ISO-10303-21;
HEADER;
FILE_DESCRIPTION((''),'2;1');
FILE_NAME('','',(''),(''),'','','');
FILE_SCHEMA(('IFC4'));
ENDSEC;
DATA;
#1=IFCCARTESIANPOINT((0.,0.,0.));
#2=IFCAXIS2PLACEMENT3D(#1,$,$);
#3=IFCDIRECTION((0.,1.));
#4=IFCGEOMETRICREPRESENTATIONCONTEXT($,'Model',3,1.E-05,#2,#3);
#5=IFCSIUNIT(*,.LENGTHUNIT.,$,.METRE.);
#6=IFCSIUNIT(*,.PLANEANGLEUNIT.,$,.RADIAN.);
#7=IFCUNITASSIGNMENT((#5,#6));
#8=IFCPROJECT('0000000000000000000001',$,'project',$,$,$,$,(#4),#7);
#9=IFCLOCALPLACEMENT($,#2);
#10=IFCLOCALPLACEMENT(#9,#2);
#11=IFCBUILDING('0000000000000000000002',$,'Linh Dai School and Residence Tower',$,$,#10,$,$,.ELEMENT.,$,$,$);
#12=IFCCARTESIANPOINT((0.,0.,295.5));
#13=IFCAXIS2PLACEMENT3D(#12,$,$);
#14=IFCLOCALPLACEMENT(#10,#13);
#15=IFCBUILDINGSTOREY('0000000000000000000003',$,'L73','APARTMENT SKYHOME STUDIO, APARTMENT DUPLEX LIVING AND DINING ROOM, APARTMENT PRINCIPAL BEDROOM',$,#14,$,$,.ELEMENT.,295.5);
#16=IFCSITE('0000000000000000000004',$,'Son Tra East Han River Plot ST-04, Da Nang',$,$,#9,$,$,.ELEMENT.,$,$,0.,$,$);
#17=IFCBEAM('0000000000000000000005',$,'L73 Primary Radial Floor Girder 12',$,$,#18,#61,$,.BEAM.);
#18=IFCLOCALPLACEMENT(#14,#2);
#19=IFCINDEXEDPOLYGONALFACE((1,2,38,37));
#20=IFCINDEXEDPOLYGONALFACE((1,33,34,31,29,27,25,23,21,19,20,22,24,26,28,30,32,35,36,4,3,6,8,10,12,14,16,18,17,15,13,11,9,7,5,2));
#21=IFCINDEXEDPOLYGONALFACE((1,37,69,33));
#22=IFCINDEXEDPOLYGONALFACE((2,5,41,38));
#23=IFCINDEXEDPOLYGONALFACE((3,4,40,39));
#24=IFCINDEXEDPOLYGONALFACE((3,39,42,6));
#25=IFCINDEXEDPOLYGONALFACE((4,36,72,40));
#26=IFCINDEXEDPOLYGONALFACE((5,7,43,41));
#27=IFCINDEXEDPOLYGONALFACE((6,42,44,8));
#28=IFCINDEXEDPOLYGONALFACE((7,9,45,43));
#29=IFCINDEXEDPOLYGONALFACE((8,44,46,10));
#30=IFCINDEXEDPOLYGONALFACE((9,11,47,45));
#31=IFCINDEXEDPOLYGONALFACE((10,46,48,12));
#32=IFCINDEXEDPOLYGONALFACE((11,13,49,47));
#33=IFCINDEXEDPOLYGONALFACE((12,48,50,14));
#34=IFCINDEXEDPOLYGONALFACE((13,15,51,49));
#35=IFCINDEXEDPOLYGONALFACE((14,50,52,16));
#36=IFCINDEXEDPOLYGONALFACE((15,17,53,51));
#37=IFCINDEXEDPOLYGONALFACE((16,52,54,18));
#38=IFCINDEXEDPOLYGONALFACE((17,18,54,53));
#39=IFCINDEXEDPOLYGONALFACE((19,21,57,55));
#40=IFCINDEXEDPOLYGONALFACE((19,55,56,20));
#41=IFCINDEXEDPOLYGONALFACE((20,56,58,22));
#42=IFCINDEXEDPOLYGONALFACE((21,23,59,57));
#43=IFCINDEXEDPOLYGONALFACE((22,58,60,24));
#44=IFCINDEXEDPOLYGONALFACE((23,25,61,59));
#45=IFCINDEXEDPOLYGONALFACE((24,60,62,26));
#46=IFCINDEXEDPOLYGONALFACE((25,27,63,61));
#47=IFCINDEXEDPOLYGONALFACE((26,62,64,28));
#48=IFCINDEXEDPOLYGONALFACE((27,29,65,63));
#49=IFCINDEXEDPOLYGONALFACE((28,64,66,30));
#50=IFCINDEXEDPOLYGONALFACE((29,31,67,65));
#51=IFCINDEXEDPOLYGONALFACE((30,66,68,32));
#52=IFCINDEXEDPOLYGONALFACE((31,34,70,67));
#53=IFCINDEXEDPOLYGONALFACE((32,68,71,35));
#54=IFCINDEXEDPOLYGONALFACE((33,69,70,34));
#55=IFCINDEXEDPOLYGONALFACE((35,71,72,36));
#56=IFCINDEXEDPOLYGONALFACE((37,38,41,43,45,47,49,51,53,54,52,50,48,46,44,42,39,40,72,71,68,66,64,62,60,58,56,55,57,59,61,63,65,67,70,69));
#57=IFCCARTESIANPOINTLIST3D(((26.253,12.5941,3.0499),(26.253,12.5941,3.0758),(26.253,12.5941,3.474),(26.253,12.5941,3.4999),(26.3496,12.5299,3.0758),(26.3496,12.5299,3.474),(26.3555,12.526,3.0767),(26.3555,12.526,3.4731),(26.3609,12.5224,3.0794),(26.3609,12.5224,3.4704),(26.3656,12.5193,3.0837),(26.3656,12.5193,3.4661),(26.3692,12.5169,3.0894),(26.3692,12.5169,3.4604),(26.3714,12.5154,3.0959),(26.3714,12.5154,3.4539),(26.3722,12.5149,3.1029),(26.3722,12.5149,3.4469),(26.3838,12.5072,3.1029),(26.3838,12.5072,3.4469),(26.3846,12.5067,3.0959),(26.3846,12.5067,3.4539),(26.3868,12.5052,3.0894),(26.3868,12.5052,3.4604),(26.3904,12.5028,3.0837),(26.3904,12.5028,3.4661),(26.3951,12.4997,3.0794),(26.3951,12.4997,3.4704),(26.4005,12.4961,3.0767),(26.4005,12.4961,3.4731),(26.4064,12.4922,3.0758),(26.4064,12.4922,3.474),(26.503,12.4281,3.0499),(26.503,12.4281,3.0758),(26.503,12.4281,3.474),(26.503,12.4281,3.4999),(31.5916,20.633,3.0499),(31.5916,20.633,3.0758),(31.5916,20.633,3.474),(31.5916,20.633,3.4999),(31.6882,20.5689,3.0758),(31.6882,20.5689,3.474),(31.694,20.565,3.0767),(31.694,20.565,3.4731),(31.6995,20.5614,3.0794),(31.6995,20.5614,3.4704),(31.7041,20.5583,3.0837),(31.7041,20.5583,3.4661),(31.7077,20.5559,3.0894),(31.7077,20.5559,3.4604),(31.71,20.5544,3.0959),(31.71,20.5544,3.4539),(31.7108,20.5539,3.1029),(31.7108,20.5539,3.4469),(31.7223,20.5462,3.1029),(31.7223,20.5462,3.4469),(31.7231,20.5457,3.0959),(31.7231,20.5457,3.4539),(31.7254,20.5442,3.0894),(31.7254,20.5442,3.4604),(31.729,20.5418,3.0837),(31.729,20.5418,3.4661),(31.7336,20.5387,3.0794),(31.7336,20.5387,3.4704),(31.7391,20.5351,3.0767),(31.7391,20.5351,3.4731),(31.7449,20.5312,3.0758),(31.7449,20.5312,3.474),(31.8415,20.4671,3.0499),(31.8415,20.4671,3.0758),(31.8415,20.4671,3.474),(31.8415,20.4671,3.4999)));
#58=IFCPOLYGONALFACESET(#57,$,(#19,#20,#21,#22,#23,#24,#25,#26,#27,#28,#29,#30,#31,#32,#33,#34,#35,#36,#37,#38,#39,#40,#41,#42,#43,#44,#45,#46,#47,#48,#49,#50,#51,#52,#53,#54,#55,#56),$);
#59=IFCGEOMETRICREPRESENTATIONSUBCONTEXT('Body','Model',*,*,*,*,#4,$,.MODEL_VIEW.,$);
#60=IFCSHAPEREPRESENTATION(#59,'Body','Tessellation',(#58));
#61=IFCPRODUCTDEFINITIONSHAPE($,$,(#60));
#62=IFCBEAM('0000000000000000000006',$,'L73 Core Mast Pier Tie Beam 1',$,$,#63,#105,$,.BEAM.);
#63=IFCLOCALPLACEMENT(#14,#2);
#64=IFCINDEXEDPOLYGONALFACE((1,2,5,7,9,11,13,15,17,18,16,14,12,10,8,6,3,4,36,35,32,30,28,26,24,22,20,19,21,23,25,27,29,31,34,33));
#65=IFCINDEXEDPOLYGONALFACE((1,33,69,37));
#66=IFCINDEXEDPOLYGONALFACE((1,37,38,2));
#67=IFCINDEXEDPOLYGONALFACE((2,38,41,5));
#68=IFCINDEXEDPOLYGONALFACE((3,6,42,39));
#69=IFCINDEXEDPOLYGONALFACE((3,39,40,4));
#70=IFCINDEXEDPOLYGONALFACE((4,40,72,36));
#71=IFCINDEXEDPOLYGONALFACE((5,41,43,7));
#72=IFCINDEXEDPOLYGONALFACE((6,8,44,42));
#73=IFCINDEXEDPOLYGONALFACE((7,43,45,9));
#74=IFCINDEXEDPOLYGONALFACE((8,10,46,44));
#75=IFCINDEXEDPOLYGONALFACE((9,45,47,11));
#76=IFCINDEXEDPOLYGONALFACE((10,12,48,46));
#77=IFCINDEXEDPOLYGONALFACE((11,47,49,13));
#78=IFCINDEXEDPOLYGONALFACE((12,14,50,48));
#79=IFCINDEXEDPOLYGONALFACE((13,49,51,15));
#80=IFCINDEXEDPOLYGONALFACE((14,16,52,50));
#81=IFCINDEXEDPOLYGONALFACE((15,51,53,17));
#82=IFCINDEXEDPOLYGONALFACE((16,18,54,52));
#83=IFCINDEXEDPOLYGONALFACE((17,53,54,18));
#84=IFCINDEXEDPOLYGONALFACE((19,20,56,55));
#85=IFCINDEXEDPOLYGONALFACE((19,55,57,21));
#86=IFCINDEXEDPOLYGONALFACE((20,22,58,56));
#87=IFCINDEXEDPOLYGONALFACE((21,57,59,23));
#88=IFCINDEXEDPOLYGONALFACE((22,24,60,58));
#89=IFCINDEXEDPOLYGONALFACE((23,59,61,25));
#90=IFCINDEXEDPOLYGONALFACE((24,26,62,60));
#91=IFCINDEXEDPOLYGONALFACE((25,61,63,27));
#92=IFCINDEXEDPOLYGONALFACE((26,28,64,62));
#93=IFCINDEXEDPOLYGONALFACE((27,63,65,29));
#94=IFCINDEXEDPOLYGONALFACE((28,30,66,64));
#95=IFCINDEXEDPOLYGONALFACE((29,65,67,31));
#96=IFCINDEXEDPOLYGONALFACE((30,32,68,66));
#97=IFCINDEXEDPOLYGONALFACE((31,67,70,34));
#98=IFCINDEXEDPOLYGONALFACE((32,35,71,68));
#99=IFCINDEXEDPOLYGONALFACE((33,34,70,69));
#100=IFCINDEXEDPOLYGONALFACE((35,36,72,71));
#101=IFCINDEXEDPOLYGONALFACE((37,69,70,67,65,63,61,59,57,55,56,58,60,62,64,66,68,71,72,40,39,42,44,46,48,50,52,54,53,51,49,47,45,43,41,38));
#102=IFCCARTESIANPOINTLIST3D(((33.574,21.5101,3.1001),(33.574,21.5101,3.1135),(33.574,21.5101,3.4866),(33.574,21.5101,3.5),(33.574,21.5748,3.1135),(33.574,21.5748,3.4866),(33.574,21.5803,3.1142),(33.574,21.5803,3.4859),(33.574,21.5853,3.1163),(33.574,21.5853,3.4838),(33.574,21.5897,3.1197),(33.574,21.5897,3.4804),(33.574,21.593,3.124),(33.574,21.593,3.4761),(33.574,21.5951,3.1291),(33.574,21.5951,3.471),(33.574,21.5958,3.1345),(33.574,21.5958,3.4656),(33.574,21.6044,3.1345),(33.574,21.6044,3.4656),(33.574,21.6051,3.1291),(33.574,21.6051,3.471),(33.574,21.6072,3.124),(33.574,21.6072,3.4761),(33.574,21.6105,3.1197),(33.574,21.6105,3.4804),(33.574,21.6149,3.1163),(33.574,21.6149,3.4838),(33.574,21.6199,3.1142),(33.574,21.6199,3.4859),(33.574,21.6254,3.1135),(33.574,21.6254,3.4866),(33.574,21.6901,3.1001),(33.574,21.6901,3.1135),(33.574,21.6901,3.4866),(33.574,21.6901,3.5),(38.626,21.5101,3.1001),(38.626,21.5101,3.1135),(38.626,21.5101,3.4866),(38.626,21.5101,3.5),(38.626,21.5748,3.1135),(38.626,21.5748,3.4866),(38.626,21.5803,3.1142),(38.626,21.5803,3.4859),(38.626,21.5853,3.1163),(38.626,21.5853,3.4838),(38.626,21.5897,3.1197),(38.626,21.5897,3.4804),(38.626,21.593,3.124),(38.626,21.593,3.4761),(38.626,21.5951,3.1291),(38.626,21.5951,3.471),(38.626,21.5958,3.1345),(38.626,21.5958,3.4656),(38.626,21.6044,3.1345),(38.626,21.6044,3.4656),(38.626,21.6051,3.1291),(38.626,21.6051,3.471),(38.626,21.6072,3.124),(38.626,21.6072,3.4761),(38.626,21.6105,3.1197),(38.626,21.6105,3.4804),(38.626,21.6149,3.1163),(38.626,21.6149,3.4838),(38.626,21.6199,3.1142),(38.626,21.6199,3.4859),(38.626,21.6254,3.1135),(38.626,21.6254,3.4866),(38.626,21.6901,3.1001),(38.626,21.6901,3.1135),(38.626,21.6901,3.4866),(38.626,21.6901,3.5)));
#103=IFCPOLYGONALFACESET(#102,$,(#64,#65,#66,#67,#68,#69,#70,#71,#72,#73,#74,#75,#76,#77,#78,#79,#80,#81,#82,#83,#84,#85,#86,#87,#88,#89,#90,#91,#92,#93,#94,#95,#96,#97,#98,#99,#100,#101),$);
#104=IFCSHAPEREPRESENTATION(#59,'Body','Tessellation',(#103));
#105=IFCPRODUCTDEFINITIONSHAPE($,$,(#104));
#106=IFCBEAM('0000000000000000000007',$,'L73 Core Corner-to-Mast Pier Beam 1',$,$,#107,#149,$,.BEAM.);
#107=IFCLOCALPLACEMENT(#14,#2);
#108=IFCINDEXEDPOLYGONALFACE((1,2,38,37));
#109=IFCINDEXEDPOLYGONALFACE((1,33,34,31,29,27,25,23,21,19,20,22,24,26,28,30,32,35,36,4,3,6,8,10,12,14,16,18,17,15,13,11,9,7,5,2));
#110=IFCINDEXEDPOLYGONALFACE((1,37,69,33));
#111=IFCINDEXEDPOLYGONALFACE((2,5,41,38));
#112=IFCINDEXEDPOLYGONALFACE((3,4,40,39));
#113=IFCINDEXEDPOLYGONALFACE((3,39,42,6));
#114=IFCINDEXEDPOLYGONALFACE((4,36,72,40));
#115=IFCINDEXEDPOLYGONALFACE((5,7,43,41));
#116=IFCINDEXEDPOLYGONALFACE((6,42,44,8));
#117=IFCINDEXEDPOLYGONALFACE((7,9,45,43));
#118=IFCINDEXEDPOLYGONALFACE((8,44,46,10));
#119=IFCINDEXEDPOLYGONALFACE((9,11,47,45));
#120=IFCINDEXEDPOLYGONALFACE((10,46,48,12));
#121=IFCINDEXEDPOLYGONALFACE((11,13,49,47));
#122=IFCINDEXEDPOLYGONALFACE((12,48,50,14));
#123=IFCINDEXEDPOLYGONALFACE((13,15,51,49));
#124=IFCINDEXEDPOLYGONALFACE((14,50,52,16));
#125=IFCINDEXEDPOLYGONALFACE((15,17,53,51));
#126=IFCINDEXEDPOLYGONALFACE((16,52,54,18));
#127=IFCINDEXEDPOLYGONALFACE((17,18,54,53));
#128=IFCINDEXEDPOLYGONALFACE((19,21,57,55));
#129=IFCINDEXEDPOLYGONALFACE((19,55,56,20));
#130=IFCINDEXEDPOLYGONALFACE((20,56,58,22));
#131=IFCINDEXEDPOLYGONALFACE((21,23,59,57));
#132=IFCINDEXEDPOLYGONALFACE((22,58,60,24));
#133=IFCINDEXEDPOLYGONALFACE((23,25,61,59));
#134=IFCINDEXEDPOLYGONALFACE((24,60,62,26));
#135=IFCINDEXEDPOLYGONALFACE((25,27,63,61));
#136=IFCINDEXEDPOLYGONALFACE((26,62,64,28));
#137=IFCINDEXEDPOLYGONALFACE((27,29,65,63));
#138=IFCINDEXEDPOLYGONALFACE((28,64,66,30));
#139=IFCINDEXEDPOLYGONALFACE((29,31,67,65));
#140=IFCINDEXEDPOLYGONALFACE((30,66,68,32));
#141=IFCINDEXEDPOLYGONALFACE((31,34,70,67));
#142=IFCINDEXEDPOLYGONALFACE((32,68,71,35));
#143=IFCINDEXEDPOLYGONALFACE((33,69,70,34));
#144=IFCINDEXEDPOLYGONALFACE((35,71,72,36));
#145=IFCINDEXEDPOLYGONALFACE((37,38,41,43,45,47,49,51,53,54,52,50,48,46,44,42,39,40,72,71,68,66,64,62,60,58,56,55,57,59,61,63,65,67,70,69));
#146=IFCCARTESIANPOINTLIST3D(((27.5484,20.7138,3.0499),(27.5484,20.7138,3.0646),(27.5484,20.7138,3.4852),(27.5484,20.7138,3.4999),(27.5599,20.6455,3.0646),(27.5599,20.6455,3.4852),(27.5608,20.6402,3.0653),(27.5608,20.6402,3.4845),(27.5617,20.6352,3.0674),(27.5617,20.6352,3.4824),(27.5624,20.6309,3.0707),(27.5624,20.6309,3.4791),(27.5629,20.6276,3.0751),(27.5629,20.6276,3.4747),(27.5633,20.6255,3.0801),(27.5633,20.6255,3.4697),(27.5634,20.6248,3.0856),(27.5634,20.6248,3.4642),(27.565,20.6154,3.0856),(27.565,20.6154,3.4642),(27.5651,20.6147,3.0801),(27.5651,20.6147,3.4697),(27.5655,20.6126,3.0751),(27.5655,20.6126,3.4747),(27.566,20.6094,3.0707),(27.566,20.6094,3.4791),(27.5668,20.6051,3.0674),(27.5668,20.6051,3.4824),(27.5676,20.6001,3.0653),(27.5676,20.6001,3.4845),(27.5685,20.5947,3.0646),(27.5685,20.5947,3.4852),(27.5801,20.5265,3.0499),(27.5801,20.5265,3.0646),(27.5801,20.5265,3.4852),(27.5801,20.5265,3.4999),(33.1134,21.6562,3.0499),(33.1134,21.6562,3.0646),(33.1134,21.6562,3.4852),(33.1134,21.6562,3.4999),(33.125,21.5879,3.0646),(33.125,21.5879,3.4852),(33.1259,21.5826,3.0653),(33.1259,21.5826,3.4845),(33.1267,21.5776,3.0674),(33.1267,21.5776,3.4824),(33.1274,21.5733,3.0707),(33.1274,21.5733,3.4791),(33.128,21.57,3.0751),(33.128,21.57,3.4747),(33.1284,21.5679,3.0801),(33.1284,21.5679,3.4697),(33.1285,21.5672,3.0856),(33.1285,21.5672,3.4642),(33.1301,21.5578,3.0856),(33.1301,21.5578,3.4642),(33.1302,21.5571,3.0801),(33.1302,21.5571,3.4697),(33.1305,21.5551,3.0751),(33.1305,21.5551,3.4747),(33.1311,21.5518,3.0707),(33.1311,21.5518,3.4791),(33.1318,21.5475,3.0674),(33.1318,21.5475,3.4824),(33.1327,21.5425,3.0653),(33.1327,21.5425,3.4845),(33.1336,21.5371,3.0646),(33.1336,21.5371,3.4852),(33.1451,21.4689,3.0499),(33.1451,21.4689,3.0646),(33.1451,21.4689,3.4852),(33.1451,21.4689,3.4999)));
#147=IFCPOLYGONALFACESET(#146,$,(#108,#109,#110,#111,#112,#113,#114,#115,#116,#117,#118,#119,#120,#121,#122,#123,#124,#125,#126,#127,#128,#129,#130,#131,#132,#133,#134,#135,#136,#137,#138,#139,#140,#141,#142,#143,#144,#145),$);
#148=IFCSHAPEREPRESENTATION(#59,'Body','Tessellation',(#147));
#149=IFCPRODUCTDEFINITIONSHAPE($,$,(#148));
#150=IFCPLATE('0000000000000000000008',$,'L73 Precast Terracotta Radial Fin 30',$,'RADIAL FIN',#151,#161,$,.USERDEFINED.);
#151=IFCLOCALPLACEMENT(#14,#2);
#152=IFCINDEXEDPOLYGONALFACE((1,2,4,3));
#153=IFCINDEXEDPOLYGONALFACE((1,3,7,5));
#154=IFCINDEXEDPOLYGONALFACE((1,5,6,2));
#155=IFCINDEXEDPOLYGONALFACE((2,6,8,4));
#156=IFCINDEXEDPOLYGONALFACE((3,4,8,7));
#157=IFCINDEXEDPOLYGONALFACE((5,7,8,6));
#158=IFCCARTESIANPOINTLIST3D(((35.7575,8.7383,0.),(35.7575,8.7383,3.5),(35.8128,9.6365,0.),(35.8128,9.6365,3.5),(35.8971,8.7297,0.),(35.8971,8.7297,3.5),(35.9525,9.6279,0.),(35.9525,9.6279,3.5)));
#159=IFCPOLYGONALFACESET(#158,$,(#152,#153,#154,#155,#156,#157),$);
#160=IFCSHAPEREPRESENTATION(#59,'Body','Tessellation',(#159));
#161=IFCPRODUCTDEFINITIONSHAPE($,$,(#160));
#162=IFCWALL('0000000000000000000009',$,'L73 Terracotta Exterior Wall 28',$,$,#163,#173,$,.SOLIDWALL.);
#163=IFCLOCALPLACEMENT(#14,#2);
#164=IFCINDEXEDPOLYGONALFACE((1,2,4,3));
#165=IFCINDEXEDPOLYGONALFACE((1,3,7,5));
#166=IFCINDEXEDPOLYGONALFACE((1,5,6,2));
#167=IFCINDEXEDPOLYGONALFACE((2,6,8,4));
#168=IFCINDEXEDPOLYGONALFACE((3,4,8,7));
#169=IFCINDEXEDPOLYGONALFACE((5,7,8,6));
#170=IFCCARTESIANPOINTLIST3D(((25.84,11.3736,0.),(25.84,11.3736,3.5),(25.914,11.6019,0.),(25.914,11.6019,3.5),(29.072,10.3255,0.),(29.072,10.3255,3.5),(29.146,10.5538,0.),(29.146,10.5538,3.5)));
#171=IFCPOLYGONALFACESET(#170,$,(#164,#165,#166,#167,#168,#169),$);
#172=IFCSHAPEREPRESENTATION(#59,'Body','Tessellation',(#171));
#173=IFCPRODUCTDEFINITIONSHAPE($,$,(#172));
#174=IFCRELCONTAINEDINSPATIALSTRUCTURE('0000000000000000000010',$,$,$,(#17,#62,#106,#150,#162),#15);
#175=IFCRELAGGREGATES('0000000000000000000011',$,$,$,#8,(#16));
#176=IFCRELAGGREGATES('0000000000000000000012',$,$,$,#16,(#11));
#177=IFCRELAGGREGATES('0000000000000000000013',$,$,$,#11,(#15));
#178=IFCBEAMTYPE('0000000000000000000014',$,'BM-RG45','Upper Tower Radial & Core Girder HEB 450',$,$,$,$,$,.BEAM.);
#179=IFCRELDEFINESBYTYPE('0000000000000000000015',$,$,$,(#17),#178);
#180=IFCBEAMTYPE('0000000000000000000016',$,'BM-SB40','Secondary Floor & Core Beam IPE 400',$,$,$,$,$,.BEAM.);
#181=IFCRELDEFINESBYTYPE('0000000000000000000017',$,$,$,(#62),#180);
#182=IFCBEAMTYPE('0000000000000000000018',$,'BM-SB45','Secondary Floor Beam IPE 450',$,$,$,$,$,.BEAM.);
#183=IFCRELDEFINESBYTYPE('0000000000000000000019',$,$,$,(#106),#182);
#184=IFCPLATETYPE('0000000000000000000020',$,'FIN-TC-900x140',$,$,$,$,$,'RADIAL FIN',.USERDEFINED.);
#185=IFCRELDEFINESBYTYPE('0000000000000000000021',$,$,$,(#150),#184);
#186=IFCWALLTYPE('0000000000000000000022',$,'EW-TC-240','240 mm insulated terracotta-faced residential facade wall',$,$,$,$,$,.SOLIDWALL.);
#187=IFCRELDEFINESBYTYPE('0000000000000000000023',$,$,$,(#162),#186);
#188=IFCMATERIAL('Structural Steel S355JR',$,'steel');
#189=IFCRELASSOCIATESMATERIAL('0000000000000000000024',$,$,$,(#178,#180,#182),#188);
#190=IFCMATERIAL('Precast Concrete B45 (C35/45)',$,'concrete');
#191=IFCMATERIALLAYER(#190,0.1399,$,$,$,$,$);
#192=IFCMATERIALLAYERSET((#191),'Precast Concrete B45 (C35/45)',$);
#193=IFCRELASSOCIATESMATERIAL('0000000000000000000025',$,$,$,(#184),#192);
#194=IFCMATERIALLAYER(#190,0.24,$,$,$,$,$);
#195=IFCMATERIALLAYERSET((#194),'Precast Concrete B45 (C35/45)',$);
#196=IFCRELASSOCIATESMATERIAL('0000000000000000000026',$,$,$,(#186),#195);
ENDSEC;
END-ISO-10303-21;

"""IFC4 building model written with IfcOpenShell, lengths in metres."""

from ifc_helpers import new_model, si_unit, direction, frame, frame_2d, origin, origin_2d, place, context, subcontext, project, spatial, rectangle, i_section, extrude, source, transform, mapped, material, layer, layer_set, material_profile, profile_set, type_object, element, save


model = new_model("IFC4")

# Units and contexts
model_context = context("Model", 3, precision=1e-05, world=origin(), true_north=direction((0.0, 1.0)))
body_context = subcontext(model_context, "Body", "Model", "MODEL_VIEW")
ifc_project = project(units=[si_unit("LENGTHUNIT", "METRE"), si_unit("PLANEANGLEUNIT", "RADIAN")], contexts=[model_context])

# Site, building, storey
site_placement = place(None, origin())
site = spatial("IfcSite", under=ifc_project, at=site_placement, Name="Son Tra East Han River Plot ST-04, Da Nang", CompositionType="ELEMENT", RefElevation=0.0)
building_placement = place(site_placement, origin())
building = spatial("IfcBuilding", under=site, at=building_placement, Name="Linh Dai School and Residence Tower", CompositionType="ELEMENT")
storey_placement = place(building_placement, frame((0.0, 0.0, 295.5)))
storey = spatial("IfcBuildingStorey", under=building, at=storey_placement, Name="L73", Description="APARTMENT SKYHOME STUDIO, APARTMENT DUPLEX LIVING AND DINING ROOM, APARTMENT PRINCIPAL BEDROOM", CompositionType="ELEMENT", Elevation=295.5)

# Shared definitions
ifc_material_1 = material(Name="Structural Steel S355JR", Category="steel")

# Beams
ifc_material_profile_1 = material_profile(ifc_material_1, i_section(OverallWidth=0.3, OverallDepth=0.45, WebThickness=0.0139, FlangeThickness=0.0259, FilletRadius=0.0271, at=origin_2d()), Name="HEB 450")
ifc_profile_set_1 = profile_set([ifc_material_profile_1], Name="Structural Steel S355JR")
beam_type_1 = type_object("IfcBeamType", Name="BM-RG45", Description="Upper Tower Radial & Core Girder HEB 450", PredefinedType="BEAM", material=ifc_profile_set_1)
beam_1_placement = place(storey_placement, frame((31.7166, 20.55, 3.2749), z_axis=(-0.553211, -0.833041, 0.0), x_axis=(0.833041, -0.553211, 0.0)))
element("IfcBeam", 1, at=beam_1_placement, inside=storey, type_object=beam_type_1, Name="L73 Primary Radial Floor Girder 12", PredefinedType="BEAM", context=body_context, shape_type="SweptSolid", body=[
    extrude(i_section(OverallWidth=0.3, OverallDepth=0.45, WebThickness=0.0139, FlangeThickness=0.0259, FilletRadius=0.0271, at=origin_2d()), origin(), (0.0, 0.0, 1.0), 9.6501),
])
ifc_material_profile_2 = material_profile(ifc_material_1, i_section(OverallWidth=0.1799, OverallDepth=0.3999, WebThickness=0.0085, FlangeThickness=0.0134, FilletRadius=0.021, at=origin_2d()), Name="IPE 400")
ifc_profile_set_2 = profile_set([ifc_material_profile_2], Name="Structural Steel S355JR")
beam_type_2 = type_object("IfcBeamType", Name="BM-SB40", Description="Secondary Floor & Core Beam IPE 400", PredefinedType="BEAM", material=ifc_profile_set_2)
beam_2_placement = place(storey_placement, frame((33.574, 21.6001, 3.3), z_axis=(1.0, 0.0, 0.0), x_axis=(0.0, 1.0, 0.0)))
element("IfcBeam", 2, at=beam_2_placement, inside=storey, type_object=beam_type_2, Name="L73 Core Mast Pier Tie Beam 1", PredefinedType="BEAM", context=body_context, shape_type="SweptSolid", body=[
    extrude(i_section(OverallWidth=0.1799, OverallDepth=0.3999, WebThickness=0.0085, FlangeThickness=0.0134, FilletRadius=0.021, at=origin_2d()), origin(), (0.0, 0.0, 1.0), 5.052),
])
ifc_material_profile_3 = material_profile(ifc_material_1, i_section(OverallWidth=0.1899, OverallDepth=0.45, WebThickness=0.0095, FlangeThickness=0.0146, FilletRadius=0.021, at=origin_2d()), Name="IPE 450")
ifc_profile_set_3 = profile_set([ifc_material_profile_3], Name="Structural Steel S355JR")
beam_type_3 = type_object("IfcBeamType", Name="BM-SB45", Description="Secondary Floor Beam IPE 450", PredefinedType="BEAM", material=ifc_profile_set_3)
beam_3_placement = place(storey_placement, frame((27.5642, 20.6201, 3.2749), z_axis=(0.985963, 0.166966, 0.0), x_axis=(-0.166966, 0.985963, 0.0)))
element("IfcBeam", 3, at=beam_3_placement, inside=storey, type_object=beam_type_3, Name="L73 Core Corner-to-Mast Pier Beam 1", PredefinedType="BEAM", context=body_context, shape_type="SweptSolid", body=[
    extrude(i_section(OverallWidth=0.1899, OverallDepth=0.45, WebThickness=0.0095, FlangeThickness=0.0146, FilletRadius=0.021, at=origin_2d()), origin(), (0.0, 0.0, 1.0), 5.6443),
])

# Plate
ifc_material_2 = material(Name="Precast Concrete B45 (C35/45)", Category="concrete")
ifc_layer_1 = layer(ifc_material_2, 0.1399)
ifc_layer_set_1 = layer_set([ifc_layer_1], Name="Precast Concrete B45 (C35/45)")
plate_type = type_object("IfcPlateType", Name="FIN-TC-900x140", ElementType="RADIAL FIN", PredefinedType="USERDEFINED", material=ifc_layer_set_1)
shared_shape_1 = source(origin(), body_context, "Body", "SweptSolid", [
    extrude(rectangle(XDim=0.8999, YDim=0.1399, at=origin_2d()), origin(), (0.0, 0.0, 1.0), 3.5),
])
plate_placement = place(storey_placement, frame((35.855, 9.1831, 0.0), z_axis=(0.0, 0.0, 1.0), x_axis=(-0.06151, -0.998106, 0.0)))
element("IfcPlate", 4, at=plate_placement, inside=storey, type_object=plate_type, Name="L73 Precast Terracotta Radial Fin 30", ObjectType="RADIAL FIN", PredefinedType="USERDEFINED", context=body_context, shape_type="MappedRepresentation", body=[
    mapped(shared_shape_1, transform((0.0, 0.0, 0.0), x_axis=(1.0, 0.0, 0.0), y_axis=(0.0, 1.0, 0.0), z_axis=(0.0, 0.0, 1.0), scale=1.0)),
])

# Wall
ifc_layer_2 = layer(ifc_material_2, 0.24)
ifc_layer_set_2 = layer_set([ifc_layer_2], Name="Precast Concrete B45 (C35/45)")
wall_type_1 = type_object("IfcWallType", Name="EW-TC-240", Description="240 mm insulated terracotta-faced residential facade wall", PredefinedType="SOLIDWALL", material=ifc_layer_set_2)
wall_1_placement = place(storey_placement, frame((29.1089, 10.4397, 0.0), z_axis=(0.0, 0.0, 1.0), x_axis=(-0.951231, 0.308478, 0.0)))
element("IfcWall", 5, at=wall_1_placement, inside=storey, type_object=wall_type_1, Name="L73 Terracotta Exterior Wall 28", PredefinedType="SOLIDWALL", context=body_context, shape_type="SweptSolid", body=[
    extrude(rectangle(XDim=3.3977, YDim=0.24, at=frame_2d((1.6987, 0.0))), origin(), (0.0, 0.0, 1.0), 3.5),
])

save(model, "model.ifc")
